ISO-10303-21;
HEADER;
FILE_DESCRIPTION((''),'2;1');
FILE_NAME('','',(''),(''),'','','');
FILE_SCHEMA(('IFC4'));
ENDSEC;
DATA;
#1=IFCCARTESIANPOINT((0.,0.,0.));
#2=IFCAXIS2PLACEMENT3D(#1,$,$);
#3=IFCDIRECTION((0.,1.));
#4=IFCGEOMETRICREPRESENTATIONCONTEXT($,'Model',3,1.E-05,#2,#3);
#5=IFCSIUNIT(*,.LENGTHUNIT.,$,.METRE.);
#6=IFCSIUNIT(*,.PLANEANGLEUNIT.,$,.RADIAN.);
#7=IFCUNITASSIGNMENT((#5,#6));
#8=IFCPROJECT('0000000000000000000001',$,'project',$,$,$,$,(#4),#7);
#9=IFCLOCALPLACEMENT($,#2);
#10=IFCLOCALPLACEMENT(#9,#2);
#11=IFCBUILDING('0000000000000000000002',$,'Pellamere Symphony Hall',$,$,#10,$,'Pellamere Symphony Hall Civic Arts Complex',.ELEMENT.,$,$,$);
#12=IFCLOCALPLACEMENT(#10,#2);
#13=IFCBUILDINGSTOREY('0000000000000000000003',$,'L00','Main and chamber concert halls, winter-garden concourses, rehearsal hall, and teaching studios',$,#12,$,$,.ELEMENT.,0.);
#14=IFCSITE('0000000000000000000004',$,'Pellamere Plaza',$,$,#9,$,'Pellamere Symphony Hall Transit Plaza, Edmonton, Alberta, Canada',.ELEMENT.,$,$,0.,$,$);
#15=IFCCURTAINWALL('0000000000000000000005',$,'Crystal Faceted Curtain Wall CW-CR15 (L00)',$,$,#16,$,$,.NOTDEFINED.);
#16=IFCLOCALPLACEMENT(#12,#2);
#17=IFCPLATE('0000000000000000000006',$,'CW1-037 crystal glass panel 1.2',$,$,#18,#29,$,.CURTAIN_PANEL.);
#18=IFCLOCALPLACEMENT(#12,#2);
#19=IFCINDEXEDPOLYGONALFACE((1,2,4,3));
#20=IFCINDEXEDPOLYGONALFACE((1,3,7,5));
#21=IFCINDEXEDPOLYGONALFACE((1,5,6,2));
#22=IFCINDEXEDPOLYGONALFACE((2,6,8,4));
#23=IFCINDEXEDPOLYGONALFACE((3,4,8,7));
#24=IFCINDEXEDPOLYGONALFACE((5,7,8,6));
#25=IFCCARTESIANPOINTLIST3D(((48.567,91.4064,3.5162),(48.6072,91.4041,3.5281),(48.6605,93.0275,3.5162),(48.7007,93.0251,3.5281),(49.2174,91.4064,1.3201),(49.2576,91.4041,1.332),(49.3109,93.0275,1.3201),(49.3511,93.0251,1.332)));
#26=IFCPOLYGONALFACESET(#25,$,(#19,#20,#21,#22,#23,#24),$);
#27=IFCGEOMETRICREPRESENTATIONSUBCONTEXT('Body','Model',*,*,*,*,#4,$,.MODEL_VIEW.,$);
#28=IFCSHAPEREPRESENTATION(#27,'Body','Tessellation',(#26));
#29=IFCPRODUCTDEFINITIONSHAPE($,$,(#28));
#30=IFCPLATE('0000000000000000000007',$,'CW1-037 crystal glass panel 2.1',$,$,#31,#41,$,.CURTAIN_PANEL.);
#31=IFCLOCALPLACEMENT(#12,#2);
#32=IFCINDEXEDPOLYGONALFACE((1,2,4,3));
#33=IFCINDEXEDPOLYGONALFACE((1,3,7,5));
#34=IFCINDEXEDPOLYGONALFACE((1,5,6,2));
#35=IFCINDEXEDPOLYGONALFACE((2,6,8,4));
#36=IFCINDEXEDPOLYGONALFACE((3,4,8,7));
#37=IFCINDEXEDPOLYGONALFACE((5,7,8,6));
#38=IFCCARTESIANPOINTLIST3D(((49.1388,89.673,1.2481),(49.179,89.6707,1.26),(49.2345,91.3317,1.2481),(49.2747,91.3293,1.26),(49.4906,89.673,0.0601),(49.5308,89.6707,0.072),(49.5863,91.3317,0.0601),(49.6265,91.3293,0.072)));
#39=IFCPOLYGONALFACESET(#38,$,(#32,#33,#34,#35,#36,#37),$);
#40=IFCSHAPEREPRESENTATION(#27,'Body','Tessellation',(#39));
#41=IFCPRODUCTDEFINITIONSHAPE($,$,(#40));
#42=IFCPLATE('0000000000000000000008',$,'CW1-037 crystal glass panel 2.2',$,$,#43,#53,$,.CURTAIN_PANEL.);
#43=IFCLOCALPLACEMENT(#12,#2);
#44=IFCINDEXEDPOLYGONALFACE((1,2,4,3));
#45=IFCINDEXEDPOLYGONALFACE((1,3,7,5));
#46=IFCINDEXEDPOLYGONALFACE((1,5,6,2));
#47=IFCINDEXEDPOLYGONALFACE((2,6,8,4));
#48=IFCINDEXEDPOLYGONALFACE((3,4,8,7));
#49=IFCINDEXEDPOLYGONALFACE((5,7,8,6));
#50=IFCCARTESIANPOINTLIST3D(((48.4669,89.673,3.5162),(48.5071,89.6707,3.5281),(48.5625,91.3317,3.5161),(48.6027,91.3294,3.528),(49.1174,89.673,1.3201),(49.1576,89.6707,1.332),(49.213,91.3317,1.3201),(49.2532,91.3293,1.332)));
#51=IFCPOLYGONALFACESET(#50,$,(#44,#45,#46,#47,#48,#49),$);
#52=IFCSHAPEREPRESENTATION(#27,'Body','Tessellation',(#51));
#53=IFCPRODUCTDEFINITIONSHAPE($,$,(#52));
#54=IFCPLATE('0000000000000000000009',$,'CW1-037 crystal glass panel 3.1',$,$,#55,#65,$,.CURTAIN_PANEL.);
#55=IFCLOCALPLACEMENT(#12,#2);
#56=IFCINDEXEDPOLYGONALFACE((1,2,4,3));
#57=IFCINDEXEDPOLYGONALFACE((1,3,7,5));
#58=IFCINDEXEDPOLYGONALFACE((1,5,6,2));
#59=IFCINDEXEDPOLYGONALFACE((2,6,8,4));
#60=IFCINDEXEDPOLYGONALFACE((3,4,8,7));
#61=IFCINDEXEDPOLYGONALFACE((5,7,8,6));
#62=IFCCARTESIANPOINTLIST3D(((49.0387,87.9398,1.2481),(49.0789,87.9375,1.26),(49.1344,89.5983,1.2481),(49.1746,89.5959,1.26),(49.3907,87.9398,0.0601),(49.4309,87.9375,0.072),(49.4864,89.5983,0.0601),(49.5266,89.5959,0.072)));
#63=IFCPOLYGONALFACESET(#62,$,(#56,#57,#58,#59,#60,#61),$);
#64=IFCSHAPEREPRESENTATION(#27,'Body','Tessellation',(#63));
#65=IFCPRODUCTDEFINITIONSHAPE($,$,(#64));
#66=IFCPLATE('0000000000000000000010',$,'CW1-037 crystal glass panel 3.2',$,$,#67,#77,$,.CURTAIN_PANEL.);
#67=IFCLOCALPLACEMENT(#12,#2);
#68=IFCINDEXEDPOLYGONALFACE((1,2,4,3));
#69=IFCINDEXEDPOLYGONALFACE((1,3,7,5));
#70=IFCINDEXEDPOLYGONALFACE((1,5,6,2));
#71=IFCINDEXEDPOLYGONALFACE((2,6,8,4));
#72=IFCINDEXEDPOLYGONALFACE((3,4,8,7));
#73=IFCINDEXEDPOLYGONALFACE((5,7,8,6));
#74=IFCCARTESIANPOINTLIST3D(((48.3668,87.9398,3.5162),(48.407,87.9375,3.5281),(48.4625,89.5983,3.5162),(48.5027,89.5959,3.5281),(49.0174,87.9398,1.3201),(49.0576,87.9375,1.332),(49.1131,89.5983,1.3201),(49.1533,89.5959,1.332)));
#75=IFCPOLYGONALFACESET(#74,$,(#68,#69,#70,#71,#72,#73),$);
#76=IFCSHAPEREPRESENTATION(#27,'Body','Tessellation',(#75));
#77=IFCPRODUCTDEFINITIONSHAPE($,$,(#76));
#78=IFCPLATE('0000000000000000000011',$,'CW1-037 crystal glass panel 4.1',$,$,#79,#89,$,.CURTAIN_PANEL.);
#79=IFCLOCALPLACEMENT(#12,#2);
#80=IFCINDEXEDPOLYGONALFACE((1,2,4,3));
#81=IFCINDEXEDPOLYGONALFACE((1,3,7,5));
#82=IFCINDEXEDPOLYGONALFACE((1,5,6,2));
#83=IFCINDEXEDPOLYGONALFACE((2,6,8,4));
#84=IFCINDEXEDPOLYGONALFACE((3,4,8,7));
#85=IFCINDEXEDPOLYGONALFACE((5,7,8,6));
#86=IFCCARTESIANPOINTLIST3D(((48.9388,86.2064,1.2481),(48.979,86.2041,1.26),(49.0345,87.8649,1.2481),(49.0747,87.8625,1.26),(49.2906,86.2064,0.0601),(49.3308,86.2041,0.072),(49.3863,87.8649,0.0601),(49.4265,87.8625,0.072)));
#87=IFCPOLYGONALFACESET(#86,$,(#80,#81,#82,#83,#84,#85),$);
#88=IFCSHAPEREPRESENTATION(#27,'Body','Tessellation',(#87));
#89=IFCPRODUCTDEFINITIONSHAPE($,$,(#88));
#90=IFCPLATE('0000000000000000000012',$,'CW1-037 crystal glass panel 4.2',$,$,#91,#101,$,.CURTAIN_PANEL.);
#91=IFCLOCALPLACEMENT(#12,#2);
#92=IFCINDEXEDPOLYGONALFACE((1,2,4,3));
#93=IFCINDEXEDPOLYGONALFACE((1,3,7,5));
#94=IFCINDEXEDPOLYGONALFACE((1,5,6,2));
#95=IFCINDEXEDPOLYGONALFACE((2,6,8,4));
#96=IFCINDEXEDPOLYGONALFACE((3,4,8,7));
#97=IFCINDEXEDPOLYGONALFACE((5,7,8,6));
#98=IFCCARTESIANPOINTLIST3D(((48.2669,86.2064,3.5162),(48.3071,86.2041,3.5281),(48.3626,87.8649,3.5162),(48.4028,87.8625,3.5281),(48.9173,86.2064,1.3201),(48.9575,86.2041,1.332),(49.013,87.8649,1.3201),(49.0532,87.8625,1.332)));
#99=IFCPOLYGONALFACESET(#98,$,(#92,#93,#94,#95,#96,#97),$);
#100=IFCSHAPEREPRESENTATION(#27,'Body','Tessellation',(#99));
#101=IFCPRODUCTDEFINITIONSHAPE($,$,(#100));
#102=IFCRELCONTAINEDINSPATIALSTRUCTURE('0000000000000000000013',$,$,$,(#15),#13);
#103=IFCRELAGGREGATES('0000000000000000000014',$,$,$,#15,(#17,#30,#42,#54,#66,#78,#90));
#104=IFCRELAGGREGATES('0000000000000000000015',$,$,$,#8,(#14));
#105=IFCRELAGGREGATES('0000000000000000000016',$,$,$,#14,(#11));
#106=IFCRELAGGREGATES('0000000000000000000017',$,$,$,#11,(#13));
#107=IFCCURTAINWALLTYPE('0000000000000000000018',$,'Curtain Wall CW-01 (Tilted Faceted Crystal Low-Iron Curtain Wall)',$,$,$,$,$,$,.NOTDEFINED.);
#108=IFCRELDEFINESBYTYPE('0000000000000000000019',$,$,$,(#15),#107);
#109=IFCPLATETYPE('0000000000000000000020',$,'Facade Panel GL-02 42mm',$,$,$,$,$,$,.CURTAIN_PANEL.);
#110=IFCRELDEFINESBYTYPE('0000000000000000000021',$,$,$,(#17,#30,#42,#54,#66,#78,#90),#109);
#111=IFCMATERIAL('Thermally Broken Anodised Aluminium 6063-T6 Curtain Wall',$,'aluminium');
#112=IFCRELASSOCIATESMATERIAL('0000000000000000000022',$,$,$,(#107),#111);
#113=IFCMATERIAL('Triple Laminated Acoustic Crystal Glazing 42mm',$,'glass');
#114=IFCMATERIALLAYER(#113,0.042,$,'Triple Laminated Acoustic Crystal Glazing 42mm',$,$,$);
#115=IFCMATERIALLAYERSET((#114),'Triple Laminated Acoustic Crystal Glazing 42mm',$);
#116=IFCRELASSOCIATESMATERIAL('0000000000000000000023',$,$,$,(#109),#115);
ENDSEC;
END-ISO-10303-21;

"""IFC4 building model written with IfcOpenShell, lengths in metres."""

from ifc_helpers import new_model, si_unit, direction, frame, origin, place, context, subcontext, project, spatial, polyline, outline, extrude, material, layer, layer_set, type_object, element, aggregate, save


model = new_model("IFC4")

# Units and contexts
model_context = context("Model", 3, precision=1e-05, world=origin(), true_north=direction((0.0, 1.0)))
body_context = subcontext(model_context, "Body", "Model", "MODEL_VIEW")
ifc_project = project(units=[si_unit("LENGTHUNIT", "METRE"), si_unit("PLANEANGLEUNIT", "RADIAN")], contexts=[model_context])

# Site, building, storey
site_placement = place(None, origin())
site = spatial("IfcSite", under=ifc_project, at=site_placement, Name="Pellamere Plaza", LongName="Pellamere Symphony Hall Transit Plaza, Edmonton, Alberta, Canada", CompositionType="ELEMENT", RefElevation=0.0)
building_placement = place(site_placement, origin())
building = spatial("IfcBuilding", under=site, at=building_placement, Name="Pellamere Symphony Hall", LongName="Pellamere Symphony Hall Civic Arts Complex", CompositionType="ELEMENT")
storey_placement = place(building_placement, origin())
storey = spatial("IfcBuildingStorey", under=building, at=storey_placement, Name="L00", Description="Main and chamber concert halls, winter-garden concourses, rehearsal hall, and teaching studios", CompositionType="ELEMENT", Elevation=0.0)

# Curtain wall, plates
ifc_material_1 = material(Name="Thermally Broken Anodised Aluminium 6063-T6 Curtain Wall", Category="aluminium")
curtain_wall_type = type_object("IfcCurtainWallType", Name="Curtain Wall CW-01 (Tilted Faceted Crystal Low-Iron Curtain Wall)", PredefinedType="NOTDEFINED", material=ifc_material_1)
curtain_wall_placement = place(storey_placement, origin())
curtain_wall = element("IfcCurtainWall", 1, at=curtain_wall_placement, inside=storey, type_object=curtain_wall_type, Name="Crystal Faceted Curtain Wall CW-CR15 (L00)", PredefinedType="NOTDEFINED")
ifc_material_2 = material(Name="Triple Laminated Acoustic Crystal Glazing 42mm", Category="glass")
ifc_layer = layer(ifc_material_2, 0.042, Name="Triple Laminated Acoustic Crystal Glazing 42mm")
ifc_layer_set = layer_set([ifc_layer], Name="Triple Laminated Acoustic Crystal Glazing 42mm")
plate_type = type_object("IfcPlateType", Name="Facade Panel GL-02 42mm", PredefinedType="CURTAIN_PANEL", material=ifc_layer_set)
plate_1_placement = place(storey_placement, frame((49.3511, 93.0251, 1.332), z_axis=(0.957369, -0.055222, 0.283539), x_axis=(-0.057585, -0.998341, 0.0)))
plate_1 = element("IfcPlate", 2, at=plate_1_placement, type_object=plate_type, Name="CW1-037 crystal glass panel 1.2", PredefinedType="CURTAIN_PANEL", context=body_context, shape_type="SweptSolid", body=[
    extrude(outline(polyline([(0.0, 0.0), (1.6238, 0.0), (1.6612, -2.29), (0.0375, -2.29), (0.0, 0.0)])), origin(), (0.0, 0.0, -1.0), 0.042),
])
plate_2_placement = place(storey_placement, frame((49.6265, 91.3293, 0.072), z_axis=(0.957376, -0.055239, 0.283514), x_axis=(-0.057602, -0.99834, 0.0)))
plate_2 = element("IfcPlate", 3, at=plate_2_placement, type_object=plate_type, Name="CW1-037 crystal glass panel 2.1", PredefinedType="CURTAIN_PANEL", context=body_context, shape_type="SweptSolid", body=[
    extrude(outline(polyline([(0.0, 0.0), (1.6615, 0.0), (1.6817, -1.2388), (0.0203, -1.2388), (0.0, 0.0)])), origin(), (0.0, 0.0, -1.0), 0.042),
])
plate_3_placement = place(storey_placement, frame((49.2532, 91.3293, 1.332), z_axis=(0.957358, -0.055167, 0.283589), x_axis=(-0.057523, -0.998344, -0.00002)))
plate_3 = element("IfcPlate", 4, at=plate_3_placement, type_object=plate_type, Name="CW1-037 crystal glass panel 2.2", PredefinedType="CURTAIN_PANEL", context=body_context, shape_type="SweptSolid", body=[
    extrude(outline(polyline([(0.0, 0.0), (1.6614, 0.0), (1.6988, -2.2901), (0.0374, -2.29), (0.0, 0.0)])), origin(), (0.0, 0.0, -1.0), 0.042),
])
plate_4_placement = place(storey_placement, frame((49.5266, 89.5959, 0.072), z_axis=(0.957322, -0.055244, 0.283695), x_axis=(-0.057611, -0.998339, 0.0)))
plate_4 = element("IfcPlate", 5, at=plate_4_placement, type_object=plate_type, Name="CW1-037 crystal glass panel 3.1", PredefinedType="CURTAIN_PANEL", context=body_context, shape_type="SweptSolid", body=[
    extrude(outline(polyline([(0.0, 0.0), (1.6612, 0.0), (1.6815, -1.2389), (0.0203, -1.2389), (0.0, 0.0)])), origin(), (0.0, 0.0, -1.0), 0.042),
])
plate_5_placement = place(storey_placement, frame((49.1533, 89.5959, 1.332), z_axis=(0.957339, -0.055245, 0.283636), x_axis=(-0.057611, -0.998339, 0.0)))
plate_5 = element("IfcPlate", 6, at=plate_5_placement, type_object=plate_type, Name="CW1-037 crystal glass panel 3.2", PredefinedType="CURTAIN_PANEL", context=body_context, shape_type="SweptSolid", body=[
    extrude(outline(polyline([(0.0, 0.0), (1.6612, 0.0), (1.6987, -2.2901), (0.0375, -2.2901), (0.0, 0.0)])), origin(), (0.0, 0.0, -1.0), 0.042),
])
plate_6_placement = place(storey_placement, frame((49.4265, 87.8625, 0.072), z_axis=(0.957375, -0.055247, 0.283514), x_axis=(-0.057611, -0.998339, 0.0)))
plate_6 = element("IfcPlate", 7, at=plate_6_placement, type_object=plate_type, Name="CW1-037 crystal glass panel 4.1", PredefinedType="CURTAIN_PANEL", context=body_context, shape_type="SweptSolid", body=[
    extrude(outline(polyline([(0.0, 0.0), (1.6612, 0.0), (1.6815, -1.2388), (0.0203, -1.2388), (0.0, 0.0)])), origin(), (0.0, 0.0, -1.0), 0.042),
])
plate_7_placement = place(storey_placement, frame((49.0532, 87.8625, 1.332), z_axis=(0.957368, -0.055246, 0.283538), x_axis=(-0.057611, -0.998339, 0.0)))
plate_7 = element("IfcPlate", 8, at=plate_7_placement, type_object=plate_type, Name="CW1-037 crystal glass panel 4.2", PredefinedType="CURTAIN_PANEL", context=body_context, shape_type="SweptSolid", body=[
    extrude(outline(polyline([(0.0, 0.0), (1.6612, 0.0), (1.6987, -2.29), (0.0375, -2.29), (0.0, 0.0)])), origin(), (0.0, 0.0, -1.0), 0.042),
])
aggregate(curtain_wall, [plate_1, plate_2, plate_3, plate_4, plate_5, plate_6, plate_7])

save(model, "model.ifc")
